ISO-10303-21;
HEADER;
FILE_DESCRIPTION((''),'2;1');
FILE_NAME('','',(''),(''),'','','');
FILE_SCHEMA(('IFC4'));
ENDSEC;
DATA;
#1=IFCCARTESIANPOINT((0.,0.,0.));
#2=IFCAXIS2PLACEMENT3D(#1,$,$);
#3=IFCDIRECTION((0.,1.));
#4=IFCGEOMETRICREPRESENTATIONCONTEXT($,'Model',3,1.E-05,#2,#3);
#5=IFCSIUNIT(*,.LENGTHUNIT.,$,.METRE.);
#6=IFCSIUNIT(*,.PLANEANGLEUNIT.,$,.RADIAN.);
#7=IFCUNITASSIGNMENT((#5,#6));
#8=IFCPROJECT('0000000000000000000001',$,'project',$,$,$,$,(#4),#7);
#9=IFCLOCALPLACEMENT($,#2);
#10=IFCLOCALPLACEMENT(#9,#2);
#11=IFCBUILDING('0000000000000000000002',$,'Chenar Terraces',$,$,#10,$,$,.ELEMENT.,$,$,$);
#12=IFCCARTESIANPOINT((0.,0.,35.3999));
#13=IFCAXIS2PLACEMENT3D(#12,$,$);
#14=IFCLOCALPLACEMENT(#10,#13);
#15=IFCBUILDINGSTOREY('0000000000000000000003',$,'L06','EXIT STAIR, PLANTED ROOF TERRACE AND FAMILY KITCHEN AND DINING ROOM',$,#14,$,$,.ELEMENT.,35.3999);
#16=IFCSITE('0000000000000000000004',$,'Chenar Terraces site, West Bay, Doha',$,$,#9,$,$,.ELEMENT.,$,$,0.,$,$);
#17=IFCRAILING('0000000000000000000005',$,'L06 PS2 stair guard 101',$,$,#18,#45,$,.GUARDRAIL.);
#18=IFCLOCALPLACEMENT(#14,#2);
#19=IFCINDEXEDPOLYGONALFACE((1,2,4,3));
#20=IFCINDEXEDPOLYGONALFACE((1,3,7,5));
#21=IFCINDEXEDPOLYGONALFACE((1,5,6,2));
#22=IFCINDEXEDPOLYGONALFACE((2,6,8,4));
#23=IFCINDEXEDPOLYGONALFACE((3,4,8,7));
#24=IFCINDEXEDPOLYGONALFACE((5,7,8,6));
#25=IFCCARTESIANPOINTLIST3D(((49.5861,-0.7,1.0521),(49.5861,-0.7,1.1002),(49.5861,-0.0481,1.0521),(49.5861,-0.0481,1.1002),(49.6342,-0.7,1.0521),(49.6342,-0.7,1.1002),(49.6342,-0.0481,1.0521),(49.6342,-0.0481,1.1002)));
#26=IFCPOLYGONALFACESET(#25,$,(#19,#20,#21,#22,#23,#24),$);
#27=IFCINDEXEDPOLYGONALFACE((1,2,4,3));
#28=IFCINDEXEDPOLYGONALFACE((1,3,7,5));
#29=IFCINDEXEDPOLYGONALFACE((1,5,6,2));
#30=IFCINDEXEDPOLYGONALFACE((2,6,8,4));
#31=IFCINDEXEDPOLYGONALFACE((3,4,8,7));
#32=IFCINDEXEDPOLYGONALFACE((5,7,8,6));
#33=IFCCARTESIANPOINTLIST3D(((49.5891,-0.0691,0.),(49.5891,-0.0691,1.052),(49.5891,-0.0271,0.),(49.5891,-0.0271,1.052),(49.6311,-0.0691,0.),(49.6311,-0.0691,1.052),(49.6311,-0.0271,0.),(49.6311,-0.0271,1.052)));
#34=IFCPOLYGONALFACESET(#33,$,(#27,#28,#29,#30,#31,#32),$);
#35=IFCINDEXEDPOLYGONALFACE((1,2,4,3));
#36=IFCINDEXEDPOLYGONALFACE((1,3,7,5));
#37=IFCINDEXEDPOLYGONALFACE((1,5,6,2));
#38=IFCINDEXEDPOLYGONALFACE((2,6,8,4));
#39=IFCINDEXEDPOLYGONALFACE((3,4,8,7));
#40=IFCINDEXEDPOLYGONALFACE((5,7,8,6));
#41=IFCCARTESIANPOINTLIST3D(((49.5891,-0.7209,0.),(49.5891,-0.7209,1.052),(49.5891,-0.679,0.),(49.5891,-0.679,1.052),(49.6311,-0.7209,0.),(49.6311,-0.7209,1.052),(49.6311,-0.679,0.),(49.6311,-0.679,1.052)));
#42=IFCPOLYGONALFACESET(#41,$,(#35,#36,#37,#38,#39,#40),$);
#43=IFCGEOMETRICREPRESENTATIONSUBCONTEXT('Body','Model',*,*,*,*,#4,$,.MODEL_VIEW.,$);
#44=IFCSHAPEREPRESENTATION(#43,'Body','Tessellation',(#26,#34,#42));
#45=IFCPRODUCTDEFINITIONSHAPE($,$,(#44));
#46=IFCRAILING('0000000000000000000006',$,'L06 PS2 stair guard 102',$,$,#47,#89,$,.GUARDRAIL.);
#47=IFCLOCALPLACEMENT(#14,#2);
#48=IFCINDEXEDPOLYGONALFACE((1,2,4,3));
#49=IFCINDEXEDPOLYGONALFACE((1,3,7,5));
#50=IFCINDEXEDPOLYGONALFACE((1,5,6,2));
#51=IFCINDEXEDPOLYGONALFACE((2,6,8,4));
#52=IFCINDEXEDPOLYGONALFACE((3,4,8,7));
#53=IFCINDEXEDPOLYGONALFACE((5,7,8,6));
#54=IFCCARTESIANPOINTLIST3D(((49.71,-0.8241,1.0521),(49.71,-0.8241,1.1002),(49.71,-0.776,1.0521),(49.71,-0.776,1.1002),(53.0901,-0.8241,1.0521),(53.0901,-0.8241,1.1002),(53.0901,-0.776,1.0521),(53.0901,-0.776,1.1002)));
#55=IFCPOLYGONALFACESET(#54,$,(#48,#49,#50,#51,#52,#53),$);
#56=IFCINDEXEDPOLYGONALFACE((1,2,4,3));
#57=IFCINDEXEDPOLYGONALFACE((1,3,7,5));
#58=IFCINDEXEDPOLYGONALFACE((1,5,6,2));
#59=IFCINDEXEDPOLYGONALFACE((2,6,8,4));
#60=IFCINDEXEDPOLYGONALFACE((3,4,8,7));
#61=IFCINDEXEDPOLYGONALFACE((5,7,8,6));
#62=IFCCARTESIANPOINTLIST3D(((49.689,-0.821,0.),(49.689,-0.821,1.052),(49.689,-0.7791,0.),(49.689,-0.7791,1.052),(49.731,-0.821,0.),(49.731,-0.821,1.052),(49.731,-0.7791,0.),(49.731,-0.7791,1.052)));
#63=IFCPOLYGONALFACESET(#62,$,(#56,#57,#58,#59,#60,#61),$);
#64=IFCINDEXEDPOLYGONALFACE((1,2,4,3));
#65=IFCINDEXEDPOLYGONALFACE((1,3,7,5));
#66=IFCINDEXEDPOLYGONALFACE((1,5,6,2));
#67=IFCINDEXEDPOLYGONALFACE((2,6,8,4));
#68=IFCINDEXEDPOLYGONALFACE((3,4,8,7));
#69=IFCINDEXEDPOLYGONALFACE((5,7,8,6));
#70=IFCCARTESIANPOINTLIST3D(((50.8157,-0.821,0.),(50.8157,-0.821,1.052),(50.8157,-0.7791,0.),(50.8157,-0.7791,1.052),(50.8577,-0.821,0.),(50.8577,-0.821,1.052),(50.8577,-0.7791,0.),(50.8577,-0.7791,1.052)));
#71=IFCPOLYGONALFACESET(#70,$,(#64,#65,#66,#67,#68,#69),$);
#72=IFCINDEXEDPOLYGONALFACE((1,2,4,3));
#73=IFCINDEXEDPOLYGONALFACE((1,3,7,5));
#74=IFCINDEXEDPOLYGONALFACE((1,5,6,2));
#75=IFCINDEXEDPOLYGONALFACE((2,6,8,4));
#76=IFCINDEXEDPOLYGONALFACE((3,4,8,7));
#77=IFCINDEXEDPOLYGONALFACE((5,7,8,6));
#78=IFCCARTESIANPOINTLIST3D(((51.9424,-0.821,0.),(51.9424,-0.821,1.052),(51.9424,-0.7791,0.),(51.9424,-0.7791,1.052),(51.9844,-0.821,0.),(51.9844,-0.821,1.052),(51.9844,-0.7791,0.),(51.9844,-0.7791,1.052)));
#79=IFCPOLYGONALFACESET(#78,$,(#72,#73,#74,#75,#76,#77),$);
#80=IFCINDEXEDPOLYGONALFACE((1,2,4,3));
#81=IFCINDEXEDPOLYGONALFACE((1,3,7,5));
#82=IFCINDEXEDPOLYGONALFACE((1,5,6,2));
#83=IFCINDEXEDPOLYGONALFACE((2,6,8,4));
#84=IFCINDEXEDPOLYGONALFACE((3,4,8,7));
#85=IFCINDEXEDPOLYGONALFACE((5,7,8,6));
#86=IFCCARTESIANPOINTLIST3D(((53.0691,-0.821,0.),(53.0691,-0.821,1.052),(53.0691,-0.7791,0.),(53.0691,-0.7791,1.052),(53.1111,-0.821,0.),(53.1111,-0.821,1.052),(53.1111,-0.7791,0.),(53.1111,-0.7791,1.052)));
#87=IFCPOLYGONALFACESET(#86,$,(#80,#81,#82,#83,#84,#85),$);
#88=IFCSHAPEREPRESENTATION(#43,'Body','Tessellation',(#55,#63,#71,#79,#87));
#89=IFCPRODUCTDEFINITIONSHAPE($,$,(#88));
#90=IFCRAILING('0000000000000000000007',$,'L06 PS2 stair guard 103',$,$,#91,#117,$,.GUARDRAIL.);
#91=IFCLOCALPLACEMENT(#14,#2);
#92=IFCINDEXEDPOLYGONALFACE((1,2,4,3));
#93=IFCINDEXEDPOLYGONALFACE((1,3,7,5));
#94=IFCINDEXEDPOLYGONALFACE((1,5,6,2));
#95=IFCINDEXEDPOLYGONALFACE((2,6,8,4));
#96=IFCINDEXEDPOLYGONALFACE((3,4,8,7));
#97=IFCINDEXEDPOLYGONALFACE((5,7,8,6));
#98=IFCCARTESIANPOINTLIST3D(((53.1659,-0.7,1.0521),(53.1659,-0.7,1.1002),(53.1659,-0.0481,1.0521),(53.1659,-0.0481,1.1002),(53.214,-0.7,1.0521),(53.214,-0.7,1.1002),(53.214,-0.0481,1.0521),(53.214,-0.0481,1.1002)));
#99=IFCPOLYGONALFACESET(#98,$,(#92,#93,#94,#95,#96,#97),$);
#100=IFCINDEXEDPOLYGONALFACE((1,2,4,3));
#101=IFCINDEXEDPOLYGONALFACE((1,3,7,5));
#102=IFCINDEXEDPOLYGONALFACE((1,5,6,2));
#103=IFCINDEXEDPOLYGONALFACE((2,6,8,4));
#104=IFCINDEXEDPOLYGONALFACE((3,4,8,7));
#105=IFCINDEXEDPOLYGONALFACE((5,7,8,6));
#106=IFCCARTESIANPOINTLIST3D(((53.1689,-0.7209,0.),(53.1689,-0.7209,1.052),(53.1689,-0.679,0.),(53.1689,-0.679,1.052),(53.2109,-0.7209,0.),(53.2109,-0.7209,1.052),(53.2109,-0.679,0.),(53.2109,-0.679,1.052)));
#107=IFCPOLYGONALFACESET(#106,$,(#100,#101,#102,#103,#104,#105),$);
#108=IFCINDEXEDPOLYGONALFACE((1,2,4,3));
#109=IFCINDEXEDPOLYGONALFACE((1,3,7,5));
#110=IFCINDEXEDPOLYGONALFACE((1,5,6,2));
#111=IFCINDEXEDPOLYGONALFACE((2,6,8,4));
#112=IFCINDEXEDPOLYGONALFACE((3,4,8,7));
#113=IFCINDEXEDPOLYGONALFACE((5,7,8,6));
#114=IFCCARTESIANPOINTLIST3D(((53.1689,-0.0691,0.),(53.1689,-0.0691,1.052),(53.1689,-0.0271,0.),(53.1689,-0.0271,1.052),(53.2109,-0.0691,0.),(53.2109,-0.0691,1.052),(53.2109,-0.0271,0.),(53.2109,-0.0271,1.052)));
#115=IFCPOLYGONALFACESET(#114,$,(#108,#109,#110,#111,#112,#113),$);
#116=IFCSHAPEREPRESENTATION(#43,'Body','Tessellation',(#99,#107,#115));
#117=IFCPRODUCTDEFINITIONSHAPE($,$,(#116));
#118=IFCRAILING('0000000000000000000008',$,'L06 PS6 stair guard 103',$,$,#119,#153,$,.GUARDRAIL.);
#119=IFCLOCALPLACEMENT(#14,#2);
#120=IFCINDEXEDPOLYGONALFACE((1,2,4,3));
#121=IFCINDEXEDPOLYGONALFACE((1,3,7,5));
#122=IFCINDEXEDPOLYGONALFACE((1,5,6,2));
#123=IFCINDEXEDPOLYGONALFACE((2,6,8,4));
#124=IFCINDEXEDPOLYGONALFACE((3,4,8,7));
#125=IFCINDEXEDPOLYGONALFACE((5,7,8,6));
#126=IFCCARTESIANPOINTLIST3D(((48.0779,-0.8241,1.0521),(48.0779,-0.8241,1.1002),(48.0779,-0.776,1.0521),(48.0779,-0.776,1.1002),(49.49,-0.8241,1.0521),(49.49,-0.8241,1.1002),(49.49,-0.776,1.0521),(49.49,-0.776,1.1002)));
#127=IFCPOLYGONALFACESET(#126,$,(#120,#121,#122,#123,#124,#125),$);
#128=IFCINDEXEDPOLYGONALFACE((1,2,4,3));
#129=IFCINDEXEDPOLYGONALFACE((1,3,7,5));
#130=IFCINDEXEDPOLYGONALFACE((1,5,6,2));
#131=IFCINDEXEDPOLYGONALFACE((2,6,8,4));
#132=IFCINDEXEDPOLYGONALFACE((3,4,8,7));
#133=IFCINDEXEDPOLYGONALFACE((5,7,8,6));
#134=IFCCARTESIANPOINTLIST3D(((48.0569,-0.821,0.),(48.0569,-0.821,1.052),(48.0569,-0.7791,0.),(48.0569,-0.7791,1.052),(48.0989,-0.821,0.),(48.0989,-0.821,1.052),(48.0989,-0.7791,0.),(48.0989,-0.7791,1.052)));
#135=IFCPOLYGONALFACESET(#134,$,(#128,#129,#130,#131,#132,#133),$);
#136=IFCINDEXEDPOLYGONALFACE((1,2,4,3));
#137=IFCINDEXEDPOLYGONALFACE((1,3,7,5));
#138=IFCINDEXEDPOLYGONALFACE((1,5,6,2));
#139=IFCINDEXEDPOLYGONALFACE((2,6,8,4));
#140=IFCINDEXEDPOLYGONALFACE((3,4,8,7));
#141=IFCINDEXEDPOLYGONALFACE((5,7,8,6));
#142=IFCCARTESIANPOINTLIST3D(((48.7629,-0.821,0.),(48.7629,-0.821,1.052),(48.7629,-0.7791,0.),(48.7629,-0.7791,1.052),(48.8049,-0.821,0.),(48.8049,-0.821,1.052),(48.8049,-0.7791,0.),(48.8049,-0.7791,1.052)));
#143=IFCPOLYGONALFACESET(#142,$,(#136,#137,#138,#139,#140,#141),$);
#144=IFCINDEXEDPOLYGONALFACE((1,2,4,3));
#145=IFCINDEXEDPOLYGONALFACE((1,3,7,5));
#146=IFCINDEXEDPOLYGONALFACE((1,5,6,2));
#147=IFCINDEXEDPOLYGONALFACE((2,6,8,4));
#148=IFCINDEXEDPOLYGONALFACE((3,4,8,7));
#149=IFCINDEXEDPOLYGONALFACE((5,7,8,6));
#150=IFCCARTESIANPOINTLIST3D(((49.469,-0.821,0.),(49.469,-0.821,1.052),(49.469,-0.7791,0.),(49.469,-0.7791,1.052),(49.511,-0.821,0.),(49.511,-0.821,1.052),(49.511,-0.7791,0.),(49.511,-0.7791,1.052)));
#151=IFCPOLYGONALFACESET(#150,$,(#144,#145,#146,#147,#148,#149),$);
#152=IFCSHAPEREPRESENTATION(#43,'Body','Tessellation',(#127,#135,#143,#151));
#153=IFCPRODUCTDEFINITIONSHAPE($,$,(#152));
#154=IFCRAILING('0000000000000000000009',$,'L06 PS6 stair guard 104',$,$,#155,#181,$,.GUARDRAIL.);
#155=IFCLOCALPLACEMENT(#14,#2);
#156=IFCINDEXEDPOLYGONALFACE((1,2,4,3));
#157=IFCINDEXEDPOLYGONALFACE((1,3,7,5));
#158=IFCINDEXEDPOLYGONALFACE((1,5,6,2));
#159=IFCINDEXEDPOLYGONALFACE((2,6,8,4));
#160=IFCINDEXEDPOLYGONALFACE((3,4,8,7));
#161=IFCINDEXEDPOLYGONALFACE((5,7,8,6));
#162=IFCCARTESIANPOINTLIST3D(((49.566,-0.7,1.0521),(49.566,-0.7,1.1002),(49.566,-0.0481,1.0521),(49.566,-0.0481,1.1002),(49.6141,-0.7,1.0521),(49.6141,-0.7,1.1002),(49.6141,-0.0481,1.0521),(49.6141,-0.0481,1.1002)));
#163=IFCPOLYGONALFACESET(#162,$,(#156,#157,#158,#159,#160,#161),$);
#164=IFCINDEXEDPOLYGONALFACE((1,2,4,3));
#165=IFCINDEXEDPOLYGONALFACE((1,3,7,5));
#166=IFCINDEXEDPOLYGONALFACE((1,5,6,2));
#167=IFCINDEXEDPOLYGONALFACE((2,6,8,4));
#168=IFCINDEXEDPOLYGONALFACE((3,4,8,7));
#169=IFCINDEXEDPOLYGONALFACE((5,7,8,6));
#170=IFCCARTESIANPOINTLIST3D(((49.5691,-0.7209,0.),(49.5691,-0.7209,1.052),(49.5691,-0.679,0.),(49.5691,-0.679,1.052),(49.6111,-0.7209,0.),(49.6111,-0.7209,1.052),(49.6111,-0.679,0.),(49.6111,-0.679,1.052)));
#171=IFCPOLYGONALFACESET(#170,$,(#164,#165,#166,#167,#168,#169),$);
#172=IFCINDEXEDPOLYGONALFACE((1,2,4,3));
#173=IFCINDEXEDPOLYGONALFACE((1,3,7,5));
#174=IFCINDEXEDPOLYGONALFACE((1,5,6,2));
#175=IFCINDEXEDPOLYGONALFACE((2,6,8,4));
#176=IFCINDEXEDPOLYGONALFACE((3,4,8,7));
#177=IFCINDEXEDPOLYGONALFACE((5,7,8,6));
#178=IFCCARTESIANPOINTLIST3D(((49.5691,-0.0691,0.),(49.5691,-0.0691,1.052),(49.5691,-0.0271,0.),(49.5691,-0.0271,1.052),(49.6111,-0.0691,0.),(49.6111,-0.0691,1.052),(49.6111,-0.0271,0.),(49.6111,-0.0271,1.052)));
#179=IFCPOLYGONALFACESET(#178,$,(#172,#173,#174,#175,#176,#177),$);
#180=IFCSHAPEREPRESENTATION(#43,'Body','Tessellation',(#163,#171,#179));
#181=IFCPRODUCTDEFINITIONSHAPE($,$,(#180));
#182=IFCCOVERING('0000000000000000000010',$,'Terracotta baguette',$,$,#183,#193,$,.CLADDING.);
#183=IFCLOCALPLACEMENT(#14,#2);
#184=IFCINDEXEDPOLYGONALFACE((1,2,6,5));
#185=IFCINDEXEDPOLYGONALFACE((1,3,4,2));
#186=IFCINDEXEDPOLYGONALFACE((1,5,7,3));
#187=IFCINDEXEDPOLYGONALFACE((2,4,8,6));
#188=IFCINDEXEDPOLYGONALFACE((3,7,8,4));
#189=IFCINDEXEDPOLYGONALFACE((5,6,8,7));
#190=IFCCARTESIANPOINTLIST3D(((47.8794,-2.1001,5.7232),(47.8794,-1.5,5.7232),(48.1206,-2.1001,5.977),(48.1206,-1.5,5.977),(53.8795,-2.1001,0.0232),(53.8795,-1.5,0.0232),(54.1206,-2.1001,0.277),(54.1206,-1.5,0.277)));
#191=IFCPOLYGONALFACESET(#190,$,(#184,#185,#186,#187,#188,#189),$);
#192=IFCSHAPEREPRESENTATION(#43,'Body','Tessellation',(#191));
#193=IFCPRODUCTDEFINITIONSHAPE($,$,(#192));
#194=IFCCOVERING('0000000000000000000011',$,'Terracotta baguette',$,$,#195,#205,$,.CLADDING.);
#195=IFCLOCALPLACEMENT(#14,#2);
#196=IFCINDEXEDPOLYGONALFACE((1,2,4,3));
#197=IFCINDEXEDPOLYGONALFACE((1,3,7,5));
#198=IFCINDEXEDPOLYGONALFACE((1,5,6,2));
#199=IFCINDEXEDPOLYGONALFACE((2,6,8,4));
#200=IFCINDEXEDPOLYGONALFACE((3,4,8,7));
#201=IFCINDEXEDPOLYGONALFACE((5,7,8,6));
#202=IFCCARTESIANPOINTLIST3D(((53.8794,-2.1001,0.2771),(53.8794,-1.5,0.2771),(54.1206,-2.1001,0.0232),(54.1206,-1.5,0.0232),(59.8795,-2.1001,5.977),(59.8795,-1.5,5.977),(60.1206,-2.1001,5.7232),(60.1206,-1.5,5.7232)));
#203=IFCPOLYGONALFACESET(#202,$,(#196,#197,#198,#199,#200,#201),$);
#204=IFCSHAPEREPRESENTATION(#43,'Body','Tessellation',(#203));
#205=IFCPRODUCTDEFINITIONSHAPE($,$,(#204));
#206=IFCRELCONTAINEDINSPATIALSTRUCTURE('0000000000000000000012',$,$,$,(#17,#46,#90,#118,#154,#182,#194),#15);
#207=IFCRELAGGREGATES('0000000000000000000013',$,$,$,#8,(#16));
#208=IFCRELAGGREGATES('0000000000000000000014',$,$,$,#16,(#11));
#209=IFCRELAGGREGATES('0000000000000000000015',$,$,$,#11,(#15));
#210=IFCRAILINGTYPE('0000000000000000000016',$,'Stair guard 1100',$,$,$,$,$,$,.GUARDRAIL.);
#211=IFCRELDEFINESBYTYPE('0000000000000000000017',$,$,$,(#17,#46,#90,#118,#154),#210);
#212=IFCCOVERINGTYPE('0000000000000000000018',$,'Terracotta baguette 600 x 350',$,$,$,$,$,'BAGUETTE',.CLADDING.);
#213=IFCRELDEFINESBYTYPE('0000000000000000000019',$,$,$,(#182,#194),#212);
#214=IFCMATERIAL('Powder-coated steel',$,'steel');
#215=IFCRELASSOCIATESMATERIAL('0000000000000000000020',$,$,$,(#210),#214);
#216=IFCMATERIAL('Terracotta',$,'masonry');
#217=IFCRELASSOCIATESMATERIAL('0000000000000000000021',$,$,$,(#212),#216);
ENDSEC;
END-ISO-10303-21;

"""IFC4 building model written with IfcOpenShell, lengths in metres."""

from ifc_helpers import new_model, si_unit, direction, frame, origin, origin_2d, place, context, subcontext, project, spatial, rectangle, extrude, material, material_profile, profile_set, type_object, element, save


model = new_model("IFC4")

# Units and contexts
model_context = context("Model", 3, precision=1e-05, world=origin(), true_north=direction((0.0, 1.0)))
body_context = subcontext(model_context, "Body", "Model", "MODEL_VIEW")
ifc_project = project(units=[si_unit("LENGTHUNIT", "METRE"), si_unit("PLANEANGLEUNIT", "RADIAN")], contexts=[model_context])

# Site, building, storey
site_placement = place(None, origin())
site = spatial("IfcSite", under=ifc_project, at=site_placement, Name="Chenar Terraces site, West Bay, Doha", CompositionType="ELEMENT", RefElevation=0.0)
building_placement = place(site_placement, origin())
building = spatial("IfcBuilding", under=site, at=building_placement, Name="Chenar Terraces", CompositionType="ELEMENT")
storey_placement = place(building_placement, frame((0.0, 0.0, 35.3999)))
storey = spatial("IfcBuildingStorey", under=building, at=storey_placement, Name="L06", Description="EXIT STAIR, PLANTED ROOF TERRACE AND FAMILY KITCHEN AND DINING ROOM", CompositionType="ELEMENT", Elevation=35.3999)

# Railings
ifc_material_1 = material(Name="Powder-coated steel", Category="steel")
railing_type_1 = type_object("IfcRailingType", Name="Stair guard 1100", PredefinedType="GUARDRAIL", material=ifc_material_1)
railing_1_placement = place(storey_placement, frame((49.6101, -0.0481, 0.0)))
element("IfcRailing", 1, at=railing_1_placement, inside=storey, type_object=railing_type_1, Name="L06 PS2 stair guard 101", PredefinedType="GUARDRAIL", context=body_context, shape_type="SweptSolid", body=[
    extrude(rectangle(XDim=0.0481, YDim=0.0481, at=origin_2d()), frame((0.0, 0.0, 1.0762), z_axis=(0.0, -1.0, 0.0), x_axis=(1.0, 0.0, 0.0)), (0.0, 0.0, 1.0), 0.6519),
    extrude(rectangle(XDim=0.042, YDim=0.042, at=origin_2d()), origin(), (0.0, 0.0, 1.0), 1.052),
    extrude(rectangle(XDim=0.042, YDim=0.042, at=origin_2d()), frame((0.0, -0.6519, 0.0)), (0.0, 0.0, 1.0), 1.052),
])
railing_2_placement = place(storey_placement, frame((49.71, -0.8, 0.0)))
element("IfcRailing", 2, at=railing_2_placement, inside=storey, type_object=railing_type_1, Name="L06 PS2 stair guard 102", PredefinedType="GUARDRAIL", context=body_context, shape_type="SweptSolid", body=[
    extrude(rectangle(XDim=0.0481, YDim=0.0481, at=origin_2d()), frame((0.0, 0.0, 1.0762), z_axis=(1.0, 0.0, 0.0), x_axis=(0.0, 1.0, 0.0)), (0.0, 0.0, 1.0), 3.3801),
    extrude(rectangle(XDim=0.042, YDim=0.042, at=origin_2d()), origin(), (0.0, 0.0, 1.0), 1.052),
    extrude(rectangle(XDim=0.042, YDim=0.042, at=origin_2d()), frame((1.1267, 0.0, 0.0)), (0.0, 0.0, 1.0), 1.052),
    extrude(rectangle(XDim=0.042, YDim=0.042, at=origin_2d()), frame((2.2534, 0.0, 0.0)), (0.0, 0.0, 1.0), 1.052),
    extrude(rectangle(XDim=0.042, YDim=0.042, at=origin_2d()), frame((3.3801, 0.0, 0.0)), (0.0, 0.0, 1.0), 1.052),
])
railing_3_placement = place(storey_placement, frame((53.1899, -0.7, 0.0)))
element("IfcRailing", 3, at=railing_3_placement, inside=storey, type_object=railing_type_1, Name="L06 PS2 stair guard 103", PredefinedType="GUARDRAIL", context=body_context, shape_type="SweptSolid", body=[
    extrude(rectangle(XDim=0.0481, YDim=0.0481, at=origin_2d()), frame((0.0, 0.0, 1.0762), z_axis=(0.0, 1.0, 0.0), x_axis=(-1.0, 0.0, 0.0)), (0.0, 0.0, 1.0), 0.6519),
    extrude(rectangle(XDim=0.042, YDim=0.042, at=origin_2d()), origin(), (0.0, 0.0, 1.0), 1.052),
    extrude(rectangle(XDim=0.042, YDim=0.042, at=origin_2d()), frame((0.0, 0.6519, 0.0)), (0.0, 0.0, 1.0), 1.052),
])
railing_4_placement = place(storey_placement, frame((48.0779, -0.8, 0.0)))
element("IfcRailing", 4, at=railing_4_placement, inside=storey, type_object=railing_type_1, Name="L06 PS6 stair guard 103", PredefinedType="GUARDRAIL", context=body_context, shape_type="SweptSolid", body=[
    extrude(rectangle(XDim=0.0481, YDim=0.0481, at=origin_2d()), frame((0.0, 0.0, 1.0762), z_axis=(1.0, 0.0, 0.0), x_axis=(0.0, 1.0, 0.0)), (0.0, 0.0, 1.0), 1.4121),
    extrude(rectangle(XDim=0.042, YDim=0.042, at=origin_2d()), origin(), (0.0, 0.0, 1.0), 1.052),
    extrude(rectangle(XDim=0.042, YDim=0.042, at=origin_2d()), frame((0.7061, 0.0, 0.0)), (0.0, 0.0, 1.0), 1.052),
    extrude(rectangle(XDim=0.042, YDim=0.042, at=origin_2d()), frame((1.4121, 0.0, 0.0)), (0.0, 0.0, 1.0), 1.052),
])
railing_5_placement = place(storey_placement, frame((49.5901, -0.7, 0.0)))
element("IfcRailing", 5, at=railing_5_placement, inside=storey, type_object=railing_type_1, Name="L06 PS6 stair guard 104", PredefinedType="GUARDRAIL", context=body_context, shape_type="SweptSolid", body=[
    extrude(rectangle(XDim=0.0481, YDim=0.0481, at=origin_2d()), frame((0.0, 0.0, 1.0762), z_axis=(0.0, 1.0, 0.0), x_axis=(-1.0, 0.0, 0.0)), (0.0, 0.0, 1.0), 0.6519),
    extrude(rectangle(XDim=0.042, YDim=0.042, at=origin_2d()), origin(), (0.0, 0.0, 1.0), 1.052),
    extrude(rectangle(XDim=0.042, YDim=0.042, at=origin_2d()), frame((0.0, 0.6519, 0.0)), (0.0, 0.0, 1.0), 1.052),
])

# Coverings
ifc_material_2 = material(Name="Terracotta", Category="masonry")
ifc_material_profile_1 = material_profile(ifc_material_2, rectangle(XDim=0.6001, YDim=0.3501, at=origin_2d()), Name="Terracotta baguette 600 x 350")
ifc_profile_set_1 = profile_set([ifc_material_profile_1], Name="Terracotta")
covering_type = type_object("IfcCoveringType", Name="Terracotta baguette 600 x 350", ElementType="BAGUETTE", PredefinedType="CLADDING", material=ifc_profile_set_1)
for number, where, z_axis, x_axis, name in (
    (6, (48.0, -1.8, 5.8501), (0.725002, 0.0, -0.688746), (0.0, 1.0, 0.0), "Terracotta baguette"),
    (7, (54.0, -1.8, 0.1501), (0.725002, 0.0, 0.688746), (0.0, 1.0, 0.0), "Terracotta baguette"),
):
    element("IfcCovering", number, at=place(storey_placement, frame(where, z_axis=z_axis, x_axis=x_axis)), inside=storey, type_object=covering_type, Name=name, PredefinedType="CLADDING", context=body_context, shape_type="SweptSolid", body=[
        extrude(rectangle(XDim=0.6001, YDim=0.3501, at=origin_2d()), origin(), (0.0, 0.0, 1.0), 8.2759),
    ])

save(model, "model.ifc")
